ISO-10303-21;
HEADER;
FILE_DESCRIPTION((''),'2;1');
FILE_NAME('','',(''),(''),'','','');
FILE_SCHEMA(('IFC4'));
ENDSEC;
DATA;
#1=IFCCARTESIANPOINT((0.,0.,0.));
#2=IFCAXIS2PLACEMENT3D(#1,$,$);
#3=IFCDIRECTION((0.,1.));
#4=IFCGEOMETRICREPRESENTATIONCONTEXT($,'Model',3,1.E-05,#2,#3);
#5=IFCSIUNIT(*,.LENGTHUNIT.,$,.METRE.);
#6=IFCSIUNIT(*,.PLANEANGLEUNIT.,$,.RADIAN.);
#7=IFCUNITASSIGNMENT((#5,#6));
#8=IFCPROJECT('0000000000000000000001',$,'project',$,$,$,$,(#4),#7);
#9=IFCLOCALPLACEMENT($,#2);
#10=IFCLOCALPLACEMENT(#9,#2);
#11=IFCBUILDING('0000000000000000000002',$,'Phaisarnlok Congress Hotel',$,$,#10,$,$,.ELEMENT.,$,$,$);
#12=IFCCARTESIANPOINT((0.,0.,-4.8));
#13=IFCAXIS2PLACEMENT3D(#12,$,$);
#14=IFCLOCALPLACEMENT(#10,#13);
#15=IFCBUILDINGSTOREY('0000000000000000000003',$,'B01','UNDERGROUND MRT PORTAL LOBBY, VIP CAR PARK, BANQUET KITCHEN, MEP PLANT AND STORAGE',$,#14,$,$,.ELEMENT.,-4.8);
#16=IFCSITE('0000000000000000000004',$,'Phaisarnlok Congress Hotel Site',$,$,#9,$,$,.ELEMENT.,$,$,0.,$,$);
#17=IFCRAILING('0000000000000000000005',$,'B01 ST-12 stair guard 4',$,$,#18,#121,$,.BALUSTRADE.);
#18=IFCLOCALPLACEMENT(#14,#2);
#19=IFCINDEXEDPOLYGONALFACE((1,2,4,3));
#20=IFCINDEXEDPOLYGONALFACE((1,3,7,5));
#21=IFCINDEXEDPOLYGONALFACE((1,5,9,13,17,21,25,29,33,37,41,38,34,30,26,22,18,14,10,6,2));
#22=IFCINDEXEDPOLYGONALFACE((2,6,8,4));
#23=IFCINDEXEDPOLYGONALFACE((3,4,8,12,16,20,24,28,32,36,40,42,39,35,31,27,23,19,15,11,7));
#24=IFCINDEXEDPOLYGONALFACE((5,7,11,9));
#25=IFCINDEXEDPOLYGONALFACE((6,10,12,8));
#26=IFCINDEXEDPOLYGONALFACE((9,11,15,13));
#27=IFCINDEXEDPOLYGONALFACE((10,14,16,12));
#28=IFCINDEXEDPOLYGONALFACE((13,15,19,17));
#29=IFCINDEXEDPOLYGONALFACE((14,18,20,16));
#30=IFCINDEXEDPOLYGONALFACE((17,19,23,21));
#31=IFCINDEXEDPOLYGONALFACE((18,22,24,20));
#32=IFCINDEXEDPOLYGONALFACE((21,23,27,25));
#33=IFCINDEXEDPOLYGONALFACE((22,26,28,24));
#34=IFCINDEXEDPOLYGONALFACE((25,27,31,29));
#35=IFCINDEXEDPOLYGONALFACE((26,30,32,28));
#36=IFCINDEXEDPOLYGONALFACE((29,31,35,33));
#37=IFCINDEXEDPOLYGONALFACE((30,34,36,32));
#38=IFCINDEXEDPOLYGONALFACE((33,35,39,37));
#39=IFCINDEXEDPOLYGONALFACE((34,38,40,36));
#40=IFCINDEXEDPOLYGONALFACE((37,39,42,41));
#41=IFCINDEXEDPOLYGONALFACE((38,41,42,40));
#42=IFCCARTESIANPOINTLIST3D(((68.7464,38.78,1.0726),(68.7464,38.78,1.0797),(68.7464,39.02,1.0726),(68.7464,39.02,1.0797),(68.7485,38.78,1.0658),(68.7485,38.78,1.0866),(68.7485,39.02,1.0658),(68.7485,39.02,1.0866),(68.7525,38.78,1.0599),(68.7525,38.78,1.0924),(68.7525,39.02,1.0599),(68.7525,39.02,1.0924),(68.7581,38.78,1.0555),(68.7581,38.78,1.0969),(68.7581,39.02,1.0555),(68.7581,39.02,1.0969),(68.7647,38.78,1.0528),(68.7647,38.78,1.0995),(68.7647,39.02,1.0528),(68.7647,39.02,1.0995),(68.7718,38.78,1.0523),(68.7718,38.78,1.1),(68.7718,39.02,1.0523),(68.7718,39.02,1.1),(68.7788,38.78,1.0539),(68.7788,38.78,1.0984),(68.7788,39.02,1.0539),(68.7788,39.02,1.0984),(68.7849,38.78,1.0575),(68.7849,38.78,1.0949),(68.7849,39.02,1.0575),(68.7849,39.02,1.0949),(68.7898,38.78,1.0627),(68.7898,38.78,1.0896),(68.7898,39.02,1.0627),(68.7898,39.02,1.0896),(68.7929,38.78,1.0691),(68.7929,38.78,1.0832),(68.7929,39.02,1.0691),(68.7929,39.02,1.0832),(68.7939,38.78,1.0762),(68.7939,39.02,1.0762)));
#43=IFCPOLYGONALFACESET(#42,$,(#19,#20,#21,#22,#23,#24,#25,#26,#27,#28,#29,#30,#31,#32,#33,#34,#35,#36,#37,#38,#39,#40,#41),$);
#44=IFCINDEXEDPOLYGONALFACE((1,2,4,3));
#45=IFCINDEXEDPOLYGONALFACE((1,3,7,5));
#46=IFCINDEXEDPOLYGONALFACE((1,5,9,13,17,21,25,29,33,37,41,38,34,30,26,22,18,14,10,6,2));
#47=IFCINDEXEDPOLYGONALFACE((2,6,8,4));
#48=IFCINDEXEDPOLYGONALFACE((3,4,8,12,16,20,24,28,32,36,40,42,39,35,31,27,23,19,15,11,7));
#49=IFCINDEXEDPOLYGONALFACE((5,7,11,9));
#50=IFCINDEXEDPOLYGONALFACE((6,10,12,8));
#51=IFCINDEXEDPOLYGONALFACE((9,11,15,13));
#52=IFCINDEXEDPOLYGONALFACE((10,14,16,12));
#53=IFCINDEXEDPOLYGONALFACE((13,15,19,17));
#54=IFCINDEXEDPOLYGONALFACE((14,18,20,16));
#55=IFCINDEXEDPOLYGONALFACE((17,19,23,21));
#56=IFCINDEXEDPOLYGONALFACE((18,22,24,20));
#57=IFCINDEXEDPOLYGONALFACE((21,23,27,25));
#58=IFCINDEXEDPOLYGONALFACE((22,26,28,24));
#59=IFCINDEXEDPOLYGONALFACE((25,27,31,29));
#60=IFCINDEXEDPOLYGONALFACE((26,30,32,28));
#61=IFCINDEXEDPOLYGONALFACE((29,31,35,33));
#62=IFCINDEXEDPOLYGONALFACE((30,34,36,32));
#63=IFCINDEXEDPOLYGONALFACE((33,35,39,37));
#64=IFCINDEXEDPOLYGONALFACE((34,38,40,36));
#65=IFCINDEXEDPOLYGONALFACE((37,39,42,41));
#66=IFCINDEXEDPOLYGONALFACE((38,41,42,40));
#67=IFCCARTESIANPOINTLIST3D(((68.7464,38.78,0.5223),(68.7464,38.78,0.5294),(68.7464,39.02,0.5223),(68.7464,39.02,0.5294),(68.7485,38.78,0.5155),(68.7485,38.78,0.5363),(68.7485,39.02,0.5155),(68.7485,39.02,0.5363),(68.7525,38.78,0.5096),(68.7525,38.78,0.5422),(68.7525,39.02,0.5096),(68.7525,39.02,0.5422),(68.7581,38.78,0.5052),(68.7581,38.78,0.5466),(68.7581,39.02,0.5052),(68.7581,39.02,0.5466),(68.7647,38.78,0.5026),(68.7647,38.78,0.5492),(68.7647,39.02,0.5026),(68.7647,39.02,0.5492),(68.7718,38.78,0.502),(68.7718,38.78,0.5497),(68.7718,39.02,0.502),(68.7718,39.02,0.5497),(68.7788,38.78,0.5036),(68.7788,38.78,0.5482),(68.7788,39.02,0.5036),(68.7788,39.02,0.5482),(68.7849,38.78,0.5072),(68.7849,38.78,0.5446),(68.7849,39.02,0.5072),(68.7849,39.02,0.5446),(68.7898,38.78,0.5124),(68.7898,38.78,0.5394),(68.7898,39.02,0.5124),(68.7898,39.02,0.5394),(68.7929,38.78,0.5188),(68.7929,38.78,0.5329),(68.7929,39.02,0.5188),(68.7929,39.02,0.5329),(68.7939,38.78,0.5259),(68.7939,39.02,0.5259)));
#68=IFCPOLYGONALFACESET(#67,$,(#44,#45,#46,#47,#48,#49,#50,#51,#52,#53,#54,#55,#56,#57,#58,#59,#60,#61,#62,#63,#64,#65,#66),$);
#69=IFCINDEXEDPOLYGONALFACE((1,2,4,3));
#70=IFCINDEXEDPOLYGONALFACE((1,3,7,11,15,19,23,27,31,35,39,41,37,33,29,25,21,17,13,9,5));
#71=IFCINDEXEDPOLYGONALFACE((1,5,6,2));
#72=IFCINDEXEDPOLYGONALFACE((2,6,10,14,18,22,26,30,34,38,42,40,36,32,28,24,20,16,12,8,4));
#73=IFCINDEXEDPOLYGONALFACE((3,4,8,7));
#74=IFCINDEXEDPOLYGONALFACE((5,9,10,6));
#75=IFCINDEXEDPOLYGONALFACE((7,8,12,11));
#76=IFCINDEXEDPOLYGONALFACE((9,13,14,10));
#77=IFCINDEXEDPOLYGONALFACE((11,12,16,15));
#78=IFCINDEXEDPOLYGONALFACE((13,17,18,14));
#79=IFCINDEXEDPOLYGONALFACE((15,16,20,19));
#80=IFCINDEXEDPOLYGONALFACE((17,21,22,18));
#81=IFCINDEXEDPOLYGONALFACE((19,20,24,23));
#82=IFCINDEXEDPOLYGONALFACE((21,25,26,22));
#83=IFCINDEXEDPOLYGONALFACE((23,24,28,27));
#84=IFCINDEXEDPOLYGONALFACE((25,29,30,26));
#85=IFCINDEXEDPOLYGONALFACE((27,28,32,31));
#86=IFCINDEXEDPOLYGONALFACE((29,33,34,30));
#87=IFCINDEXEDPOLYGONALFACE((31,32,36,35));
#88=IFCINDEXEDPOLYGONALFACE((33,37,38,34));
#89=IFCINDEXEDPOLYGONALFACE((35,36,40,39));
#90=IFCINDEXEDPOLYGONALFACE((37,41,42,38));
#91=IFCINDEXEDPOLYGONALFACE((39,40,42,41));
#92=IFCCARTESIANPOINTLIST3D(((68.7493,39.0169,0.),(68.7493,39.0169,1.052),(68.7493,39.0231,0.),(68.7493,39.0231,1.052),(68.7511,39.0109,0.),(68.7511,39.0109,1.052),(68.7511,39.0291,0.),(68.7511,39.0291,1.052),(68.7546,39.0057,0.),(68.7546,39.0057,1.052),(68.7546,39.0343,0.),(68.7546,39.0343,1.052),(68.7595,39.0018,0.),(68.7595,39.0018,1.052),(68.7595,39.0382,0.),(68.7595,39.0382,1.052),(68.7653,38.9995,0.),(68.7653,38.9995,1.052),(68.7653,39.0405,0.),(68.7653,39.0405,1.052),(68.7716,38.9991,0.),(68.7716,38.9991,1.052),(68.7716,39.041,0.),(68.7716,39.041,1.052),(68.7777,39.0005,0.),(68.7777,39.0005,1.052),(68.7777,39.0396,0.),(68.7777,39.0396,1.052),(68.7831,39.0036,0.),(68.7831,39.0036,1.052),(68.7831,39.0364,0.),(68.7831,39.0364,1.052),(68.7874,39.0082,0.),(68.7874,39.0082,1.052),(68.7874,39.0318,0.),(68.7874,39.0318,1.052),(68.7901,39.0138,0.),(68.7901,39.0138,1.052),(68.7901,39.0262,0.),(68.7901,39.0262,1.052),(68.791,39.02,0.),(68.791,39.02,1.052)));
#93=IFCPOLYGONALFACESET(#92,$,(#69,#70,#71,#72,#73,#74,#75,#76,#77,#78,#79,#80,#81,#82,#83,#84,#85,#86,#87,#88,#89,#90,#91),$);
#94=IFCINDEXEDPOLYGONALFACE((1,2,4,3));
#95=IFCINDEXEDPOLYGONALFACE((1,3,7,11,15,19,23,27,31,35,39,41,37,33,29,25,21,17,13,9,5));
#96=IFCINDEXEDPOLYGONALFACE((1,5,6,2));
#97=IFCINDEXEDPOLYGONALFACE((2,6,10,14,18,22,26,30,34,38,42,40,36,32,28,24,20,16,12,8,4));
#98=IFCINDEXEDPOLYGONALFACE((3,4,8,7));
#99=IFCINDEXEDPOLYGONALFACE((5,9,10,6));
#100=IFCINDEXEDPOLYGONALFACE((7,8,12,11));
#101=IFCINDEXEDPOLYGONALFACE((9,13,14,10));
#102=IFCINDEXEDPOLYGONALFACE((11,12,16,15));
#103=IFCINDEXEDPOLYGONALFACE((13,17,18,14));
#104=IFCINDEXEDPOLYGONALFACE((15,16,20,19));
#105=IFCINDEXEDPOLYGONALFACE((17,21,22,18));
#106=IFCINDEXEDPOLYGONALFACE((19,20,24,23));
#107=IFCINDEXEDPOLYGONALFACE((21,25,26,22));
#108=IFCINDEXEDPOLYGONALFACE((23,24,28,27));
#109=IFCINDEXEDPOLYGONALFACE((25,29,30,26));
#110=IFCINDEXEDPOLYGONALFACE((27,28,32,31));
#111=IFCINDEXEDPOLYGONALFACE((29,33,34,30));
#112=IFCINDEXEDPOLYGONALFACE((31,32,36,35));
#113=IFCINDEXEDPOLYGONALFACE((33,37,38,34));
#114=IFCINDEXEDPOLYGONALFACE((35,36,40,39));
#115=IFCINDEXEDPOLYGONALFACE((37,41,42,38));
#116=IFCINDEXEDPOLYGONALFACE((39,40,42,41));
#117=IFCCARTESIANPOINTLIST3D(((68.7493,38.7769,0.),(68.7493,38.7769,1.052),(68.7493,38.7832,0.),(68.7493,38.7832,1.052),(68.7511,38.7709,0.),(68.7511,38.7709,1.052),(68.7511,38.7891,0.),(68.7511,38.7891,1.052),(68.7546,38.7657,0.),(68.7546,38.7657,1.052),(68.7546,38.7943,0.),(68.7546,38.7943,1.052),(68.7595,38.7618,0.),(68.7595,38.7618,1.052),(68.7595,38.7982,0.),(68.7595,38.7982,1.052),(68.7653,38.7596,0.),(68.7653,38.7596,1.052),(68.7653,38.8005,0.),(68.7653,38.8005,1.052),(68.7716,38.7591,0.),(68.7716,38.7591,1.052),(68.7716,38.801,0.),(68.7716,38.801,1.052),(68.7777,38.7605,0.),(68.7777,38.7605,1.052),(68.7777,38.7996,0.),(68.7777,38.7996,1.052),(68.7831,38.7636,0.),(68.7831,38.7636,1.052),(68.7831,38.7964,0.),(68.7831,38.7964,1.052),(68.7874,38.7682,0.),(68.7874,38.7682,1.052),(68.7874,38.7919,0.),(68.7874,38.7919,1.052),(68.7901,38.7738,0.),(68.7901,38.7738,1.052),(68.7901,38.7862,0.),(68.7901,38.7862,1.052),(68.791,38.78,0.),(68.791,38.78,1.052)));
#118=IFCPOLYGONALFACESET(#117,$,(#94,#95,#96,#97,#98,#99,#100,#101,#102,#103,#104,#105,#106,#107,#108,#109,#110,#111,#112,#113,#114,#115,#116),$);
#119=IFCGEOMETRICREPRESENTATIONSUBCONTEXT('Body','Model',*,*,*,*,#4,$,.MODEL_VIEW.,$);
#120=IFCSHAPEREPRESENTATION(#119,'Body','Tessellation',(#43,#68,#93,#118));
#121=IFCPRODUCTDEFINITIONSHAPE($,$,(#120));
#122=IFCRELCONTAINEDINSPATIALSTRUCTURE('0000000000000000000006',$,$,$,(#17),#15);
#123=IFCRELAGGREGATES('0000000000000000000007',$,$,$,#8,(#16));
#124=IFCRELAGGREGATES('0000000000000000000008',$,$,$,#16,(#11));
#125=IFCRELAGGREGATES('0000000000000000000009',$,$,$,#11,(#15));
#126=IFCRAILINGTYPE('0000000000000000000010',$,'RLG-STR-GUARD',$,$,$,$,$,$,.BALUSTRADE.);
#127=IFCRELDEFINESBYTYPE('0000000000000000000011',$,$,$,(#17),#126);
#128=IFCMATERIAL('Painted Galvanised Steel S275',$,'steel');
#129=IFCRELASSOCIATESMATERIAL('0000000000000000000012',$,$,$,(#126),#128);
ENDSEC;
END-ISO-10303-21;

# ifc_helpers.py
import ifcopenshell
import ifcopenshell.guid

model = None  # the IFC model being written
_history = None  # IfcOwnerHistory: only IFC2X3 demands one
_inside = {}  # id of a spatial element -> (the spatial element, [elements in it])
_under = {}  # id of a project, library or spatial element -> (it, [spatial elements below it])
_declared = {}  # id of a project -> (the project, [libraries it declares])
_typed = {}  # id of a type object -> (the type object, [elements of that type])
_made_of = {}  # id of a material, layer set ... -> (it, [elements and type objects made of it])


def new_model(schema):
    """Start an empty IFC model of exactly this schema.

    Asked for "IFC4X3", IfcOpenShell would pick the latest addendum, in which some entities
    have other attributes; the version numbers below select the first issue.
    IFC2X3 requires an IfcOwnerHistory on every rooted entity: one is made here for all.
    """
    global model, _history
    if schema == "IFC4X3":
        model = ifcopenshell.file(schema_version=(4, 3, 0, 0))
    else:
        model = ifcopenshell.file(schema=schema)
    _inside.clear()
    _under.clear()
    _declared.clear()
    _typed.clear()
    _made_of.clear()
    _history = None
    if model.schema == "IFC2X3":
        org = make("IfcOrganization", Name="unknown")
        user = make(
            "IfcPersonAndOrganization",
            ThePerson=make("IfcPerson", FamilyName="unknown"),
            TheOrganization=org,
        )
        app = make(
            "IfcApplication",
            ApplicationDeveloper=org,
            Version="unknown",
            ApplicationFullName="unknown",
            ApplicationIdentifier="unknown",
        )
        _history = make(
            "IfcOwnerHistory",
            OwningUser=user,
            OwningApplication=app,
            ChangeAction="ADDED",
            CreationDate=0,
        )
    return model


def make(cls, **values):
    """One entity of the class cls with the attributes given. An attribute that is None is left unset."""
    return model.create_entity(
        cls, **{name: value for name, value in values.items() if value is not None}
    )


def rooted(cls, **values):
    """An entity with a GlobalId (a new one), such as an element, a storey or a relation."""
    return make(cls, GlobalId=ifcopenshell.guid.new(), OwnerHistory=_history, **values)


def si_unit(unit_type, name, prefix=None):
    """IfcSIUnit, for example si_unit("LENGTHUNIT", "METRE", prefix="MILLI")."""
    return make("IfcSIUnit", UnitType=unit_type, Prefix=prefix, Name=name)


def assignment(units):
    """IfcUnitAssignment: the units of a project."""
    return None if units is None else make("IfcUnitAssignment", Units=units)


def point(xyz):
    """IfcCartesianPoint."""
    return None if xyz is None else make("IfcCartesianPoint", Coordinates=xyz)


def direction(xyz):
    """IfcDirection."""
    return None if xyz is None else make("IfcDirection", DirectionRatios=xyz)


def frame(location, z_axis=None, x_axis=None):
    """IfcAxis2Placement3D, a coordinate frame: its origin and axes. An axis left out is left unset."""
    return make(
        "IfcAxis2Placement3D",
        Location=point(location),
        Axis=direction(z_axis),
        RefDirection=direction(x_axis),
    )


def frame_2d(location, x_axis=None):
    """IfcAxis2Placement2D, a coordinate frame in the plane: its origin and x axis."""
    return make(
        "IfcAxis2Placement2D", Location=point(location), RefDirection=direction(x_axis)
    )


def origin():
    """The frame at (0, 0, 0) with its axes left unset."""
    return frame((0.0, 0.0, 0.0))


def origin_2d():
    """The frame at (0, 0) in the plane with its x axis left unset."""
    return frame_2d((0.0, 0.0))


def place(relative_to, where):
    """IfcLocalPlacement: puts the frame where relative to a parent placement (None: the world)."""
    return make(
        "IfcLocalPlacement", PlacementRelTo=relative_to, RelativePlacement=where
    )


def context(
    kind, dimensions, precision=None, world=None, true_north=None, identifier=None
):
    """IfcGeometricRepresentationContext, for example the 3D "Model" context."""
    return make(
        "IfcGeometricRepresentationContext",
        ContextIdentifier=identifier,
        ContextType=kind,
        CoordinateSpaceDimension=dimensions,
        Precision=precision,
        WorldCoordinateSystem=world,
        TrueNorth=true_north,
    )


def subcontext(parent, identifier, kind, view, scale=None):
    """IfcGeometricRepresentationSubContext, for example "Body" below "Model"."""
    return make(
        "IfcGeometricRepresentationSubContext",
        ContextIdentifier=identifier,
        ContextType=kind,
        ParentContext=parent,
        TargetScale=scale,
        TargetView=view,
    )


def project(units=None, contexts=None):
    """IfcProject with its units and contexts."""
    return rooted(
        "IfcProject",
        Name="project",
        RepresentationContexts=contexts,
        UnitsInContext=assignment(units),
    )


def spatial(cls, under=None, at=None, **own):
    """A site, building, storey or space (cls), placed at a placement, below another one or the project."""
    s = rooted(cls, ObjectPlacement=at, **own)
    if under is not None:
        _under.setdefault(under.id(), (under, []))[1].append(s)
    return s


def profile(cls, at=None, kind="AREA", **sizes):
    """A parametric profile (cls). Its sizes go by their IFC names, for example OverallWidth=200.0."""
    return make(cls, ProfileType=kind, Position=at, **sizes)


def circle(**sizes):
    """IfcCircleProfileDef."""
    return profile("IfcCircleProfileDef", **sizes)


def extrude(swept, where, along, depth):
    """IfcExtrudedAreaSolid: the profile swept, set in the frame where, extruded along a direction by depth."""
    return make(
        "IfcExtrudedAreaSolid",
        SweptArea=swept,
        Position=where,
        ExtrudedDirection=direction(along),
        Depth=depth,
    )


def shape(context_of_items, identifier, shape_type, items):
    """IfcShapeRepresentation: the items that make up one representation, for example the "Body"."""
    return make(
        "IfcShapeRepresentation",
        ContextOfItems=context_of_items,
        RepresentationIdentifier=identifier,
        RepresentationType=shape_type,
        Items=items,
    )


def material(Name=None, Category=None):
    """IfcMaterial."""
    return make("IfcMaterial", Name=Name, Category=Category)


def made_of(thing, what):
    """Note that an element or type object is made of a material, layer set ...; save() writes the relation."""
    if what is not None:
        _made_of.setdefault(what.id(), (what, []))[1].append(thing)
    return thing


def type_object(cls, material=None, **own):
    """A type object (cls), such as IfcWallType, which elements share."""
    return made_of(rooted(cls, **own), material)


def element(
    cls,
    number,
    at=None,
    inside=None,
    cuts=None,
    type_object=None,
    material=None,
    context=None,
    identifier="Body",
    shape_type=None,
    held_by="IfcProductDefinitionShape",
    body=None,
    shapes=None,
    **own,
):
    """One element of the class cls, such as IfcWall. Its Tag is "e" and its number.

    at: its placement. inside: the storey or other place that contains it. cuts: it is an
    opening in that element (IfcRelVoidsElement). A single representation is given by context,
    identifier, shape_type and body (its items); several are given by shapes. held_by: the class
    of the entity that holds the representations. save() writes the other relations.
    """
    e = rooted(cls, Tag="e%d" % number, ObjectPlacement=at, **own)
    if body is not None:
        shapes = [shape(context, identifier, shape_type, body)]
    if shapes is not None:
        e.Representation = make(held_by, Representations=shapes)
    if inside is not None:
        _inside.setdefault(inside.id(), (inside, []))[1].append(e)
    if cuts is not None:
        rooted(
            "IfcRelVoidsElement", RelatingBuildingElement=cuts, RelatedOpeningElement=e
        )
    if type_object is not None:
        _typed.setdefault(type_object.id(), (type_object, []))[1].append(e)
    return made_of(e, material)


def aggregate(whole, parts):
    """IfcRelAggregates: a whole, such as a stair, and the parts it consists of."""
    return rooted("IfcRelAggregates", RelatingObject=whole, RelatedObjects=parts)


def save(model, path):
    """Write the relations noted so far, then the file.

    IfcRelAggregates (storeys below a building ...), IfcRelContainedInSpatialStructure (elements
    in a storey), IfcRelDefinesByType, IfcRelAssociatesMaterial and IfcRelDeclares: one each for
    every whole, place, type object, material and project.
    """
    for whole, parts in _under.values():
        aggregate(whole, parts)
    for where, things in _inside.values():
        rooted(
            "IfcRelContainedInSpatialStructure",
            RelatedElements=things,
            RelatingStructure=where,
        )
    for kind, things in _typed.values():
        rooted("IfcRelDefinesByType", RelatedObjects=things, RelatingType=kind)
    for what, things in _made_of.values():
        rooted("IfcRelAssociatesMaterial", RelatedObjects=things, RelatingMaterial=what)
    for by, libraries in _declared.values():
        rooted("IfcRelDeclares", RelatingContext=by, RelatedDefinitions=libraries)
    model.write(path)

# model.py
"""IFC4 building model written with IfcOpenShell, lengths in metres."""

from ifc_helpers import new_model, si_unit, direction, frame, origin, origin_2d, place, context, subcontext, project, spatial, circle, extrude, material, type_object, element, save


model = new_model("IFC4")

# Units and contexts
model_context = context("Model", 3, precision=1e-05, world=origin(), true_north=direction((0.0, 1.0)))
body_context = subcontext(model_context, "Body", "Model", "MODEL_VIEW")
ifc_project = project(units=[si_unit("LENGTHUNIT", "METRE"), si_unit("PLANEANGLEUNIT", "RADIAN")], contexts=[model_context])

# Site, building, storey
site_placement = place(None, origin())
site = spatial("IfcSite", under=ifc_project, at=site_placement, Name="Phaisarnlok Congress Hotel Site", CompositionType="ELEMENT", RefElevation=0.0)
building_placement = place(site_placement, origin())
building = spatial("IfcBuilding", under=site, at=building_placement, Name="Phaisarnlok Congress Hotel", CompositionType="ELEMENT")
storey_placement = place(building_placement, frame((0.0, 0.0, -4.8)))
storey = spatial("IfcBuildingStorey", under=building, at=storey_placement, Name="B01", Description="UNDERGROUND MRT PORTAL LOBBY, VIP CAR PARK, BANQUET KITCHEN, MEP PLANT AND STORAGE", CompositionType="ELEMENT", Elevation=-4.8)

# Railing
ifc_material_1 = material(Name="Painted Galvanised Steel S275", Category="steel")
railing_type_1 = type_object("IfcRailingType", Name="RLG-STR-GUARD", PredefinedType="BALUSTRADE", material=ifc_material_1)
railing_1_placement = place(storey_placement, frame((68.77, 39.02, 0.0)))
element("IfcRailing", 1, at=railing_1_placement, inside=storey, type_object=railing_type_1, Name="B01 ST-12 stair guard 4", PredefinedType="BALUSTRADE", context=body_context, shape_type="SweptSolid", body=[
    extrude(circle(Radius=0.0239, at=origin_2d()), frame((0.0, 0.0, 1.0762), z_axis=(0.0, -1.0, 0.0), x_axis=(1.0, 0.0, 0.0)), (0.0, 0.0, 1.0), 0.24),
    extrude(circle(Radius=0.0239, at=origin_2d()), frame((0.0, 0.0, 0.5259), z_axis=(0.0, -1.0, 0.0), x_axis=(1.0, 0.0, 0.0)), (0.0, 0.0, 1.0), 0.24),
    extrude(circle(Radius=0.021, at=origin_2d()), origin(), (0.0, 0.0, 1.0), 1.052),
    extrude(circle(Radius=0.021, at=origin_2d()), frame((0.0, -0.24, 0.0)), (0.0, 0.0, 1.0), 1.052),
])

save(model, "model.ifc")
